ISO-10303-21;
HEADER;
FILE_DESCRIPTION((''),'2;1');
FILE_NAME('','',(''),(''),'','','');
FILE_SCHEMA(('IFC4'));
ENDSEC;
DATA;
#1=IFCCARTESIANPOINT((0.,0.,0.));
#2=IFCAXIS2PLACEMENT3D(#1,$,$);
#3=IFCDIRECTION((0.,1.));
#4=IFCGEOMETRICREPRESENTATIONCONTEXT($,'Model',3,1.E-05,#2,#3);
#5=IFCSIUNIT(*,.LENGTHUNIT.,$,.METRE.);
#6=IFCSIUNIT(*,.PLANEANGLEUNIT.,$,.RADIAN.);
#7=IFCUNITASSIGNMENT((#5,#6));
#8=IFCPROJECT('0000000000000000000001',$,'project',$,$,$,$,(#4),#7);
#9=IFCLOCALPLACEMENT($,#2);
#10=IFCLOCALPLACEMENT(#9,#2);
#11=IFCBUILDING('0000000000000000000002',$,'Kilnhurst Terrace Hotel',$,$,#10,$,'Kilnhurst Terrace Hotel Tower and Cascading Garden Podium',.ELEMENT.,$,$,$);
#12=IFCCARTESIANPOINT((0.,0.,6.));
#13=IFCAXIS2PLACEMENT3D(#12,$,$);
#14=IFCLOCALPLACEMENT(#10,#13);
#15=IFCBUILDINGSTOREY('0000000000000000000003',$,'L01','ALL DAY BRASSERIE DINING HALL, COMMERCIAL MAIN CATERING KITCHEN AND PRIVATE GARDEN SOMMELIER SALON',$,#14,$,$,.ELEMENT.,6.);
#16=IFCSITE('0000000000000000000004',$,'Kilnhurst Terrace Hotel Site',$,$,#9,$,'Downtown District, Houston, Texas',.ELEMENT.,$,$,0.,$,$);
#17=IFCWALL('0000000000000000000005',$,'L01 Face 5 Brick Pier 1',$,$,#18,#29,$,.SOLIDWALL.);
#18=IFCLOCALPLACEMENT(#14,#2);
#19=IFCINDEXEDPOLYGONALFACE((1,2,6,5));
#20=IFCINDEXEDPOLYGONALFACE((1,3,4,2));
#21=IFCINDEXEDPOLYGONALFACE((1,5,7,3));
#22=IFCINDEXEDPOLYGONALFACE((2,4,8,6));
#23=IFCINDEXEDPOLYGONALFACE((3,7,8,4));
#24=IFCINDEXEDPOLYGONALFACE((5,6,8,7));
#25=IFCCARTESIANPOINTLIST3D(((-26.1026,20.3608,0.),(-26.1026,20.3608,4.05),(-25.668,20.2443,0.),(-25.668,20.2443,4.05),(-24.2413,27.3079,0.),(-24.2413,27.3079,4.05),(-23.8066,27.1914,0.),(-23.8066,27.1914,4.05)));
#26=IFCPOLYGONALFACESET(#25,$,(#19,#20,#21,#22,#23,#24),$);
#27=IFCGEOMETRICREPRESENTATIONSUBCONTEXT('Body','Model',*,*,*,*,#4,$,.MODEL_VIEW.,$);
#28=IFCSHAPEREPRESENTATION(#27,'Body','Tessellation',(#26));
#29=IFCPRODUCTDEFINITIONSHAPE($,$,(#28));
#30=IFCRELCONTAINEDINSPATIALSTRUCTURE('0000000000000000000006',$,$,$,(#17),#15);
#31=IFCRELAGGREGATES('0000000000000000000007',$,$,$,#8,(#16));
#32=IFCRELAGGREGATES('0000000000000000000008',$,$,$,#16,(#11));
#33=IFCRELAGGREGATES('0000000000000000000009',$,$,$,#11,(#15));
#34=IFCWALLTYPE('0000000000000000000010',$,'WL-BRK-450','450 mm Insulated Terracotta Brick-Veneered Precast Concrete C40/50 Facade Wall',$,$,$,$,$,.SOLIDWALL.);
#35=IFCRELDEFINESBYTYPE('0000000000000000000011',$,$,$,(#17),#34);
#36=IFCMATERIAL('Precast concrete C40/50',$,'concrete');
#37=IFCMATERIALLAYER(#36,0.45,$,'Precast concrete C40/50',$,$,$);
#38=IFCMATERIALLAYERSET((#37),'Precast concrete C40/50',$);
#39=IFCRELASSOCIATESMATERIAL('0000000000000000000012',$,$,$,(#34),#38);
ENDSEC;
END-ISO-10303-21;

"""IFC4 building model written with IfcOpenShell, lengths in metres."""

from ifc_helpers import new_model, si_unit, direction, frame, frame_2d, origin, place, context, subcontext, project, spatial, rectangle, extrude, material, layer, layer_set, type_object, element, save


model = new_model("IFC4")

# Units and contexts
model_context = context("Model", 3, precision=1e-05, world=origin(), true_north=direction((0.0, 1.0)))
body_context = subcontext(model_context, "Body", "Model", "MODEL_VIEW")
ifc_project = project(units=[si_unit("LENGTHUNIT", "METRE"), si_unit("PLANEANGLEUNIT", "RADIAN")], contexts=[model_context])

# Site, building, storey
site_placement = place(None, origin())
site = spatial("IfcSite", under=ifc_project, at=site_placement, Name="Kilnhurst Terrace Hotel Site", LongName="Downtown District, Houston, Texas", CompositionType="ELEMENT", RefElevation=0.0)
building_placement = place(site_placement, origin())
building = spatial("IfcBuilding", under=site, at=building_placement, Name="Kilnhurst Terrace Hotel", LongName="Kilnhurst Terrace Hotel Tower and Cascading Garden Podium", CompositionType="ELEMENT")
storey_placement = place(building_placement, frame((0.0, 0.0, 6.0)))
storey = spatial("IfcBuildingStorey", under=building, at=storey_placement, Name="L01", Description="ALL DAY BRASSERIE DINING HALL, COMMERCIAL MAIN CATERING KITCHEN AND PRIVATE GARDEN SOMMELIER SALON", CompositionType="ELEMENT", Elevation=6.0)

# Wall
ifc_material_1 = material(Name="Precast concrete C40/50", Category="concrete")
ifc_layer_1 = layer(ifc_material_1, 0.45, Name="Precast concrete C40/50")
ifc_layer_set_1 = layer_set([ifc_layer_1], Name="Precast concrete C40/50")
wall_type = type_object("IfcWallType", Name="WL-BRK-450", Description="450 mm Insulated Terracotta Brick-Veneered Precast Concrete C40/50 Facade Wall", PredefinedType="SOLIDWALL", material=ifc_layer_set_1)
wall_1_placement = place(storey_placement, frame((-24.0239, 27.2498, 0.0), z_axis=(0.0, 0.0, 1.0), x_axis=(-0.258803, -0.96593, 0.0)))
element("IfcWall", 1, at=wall_1_placement, inside=storey, type_object=wall_type, Name="L01 Face 5 Brick Pier 1", PredefinedType="SOLIDWALL", context=body_context, shape_type="SweptSolid", body=[
    extrude(rectangle(XDim=7.1921, YDim=0.45, at=frame_2d((3.5962, 0.0))), origin(), (0.0, 0.0, 1.0), 4.05),
])

save(model, "model.ifc")
